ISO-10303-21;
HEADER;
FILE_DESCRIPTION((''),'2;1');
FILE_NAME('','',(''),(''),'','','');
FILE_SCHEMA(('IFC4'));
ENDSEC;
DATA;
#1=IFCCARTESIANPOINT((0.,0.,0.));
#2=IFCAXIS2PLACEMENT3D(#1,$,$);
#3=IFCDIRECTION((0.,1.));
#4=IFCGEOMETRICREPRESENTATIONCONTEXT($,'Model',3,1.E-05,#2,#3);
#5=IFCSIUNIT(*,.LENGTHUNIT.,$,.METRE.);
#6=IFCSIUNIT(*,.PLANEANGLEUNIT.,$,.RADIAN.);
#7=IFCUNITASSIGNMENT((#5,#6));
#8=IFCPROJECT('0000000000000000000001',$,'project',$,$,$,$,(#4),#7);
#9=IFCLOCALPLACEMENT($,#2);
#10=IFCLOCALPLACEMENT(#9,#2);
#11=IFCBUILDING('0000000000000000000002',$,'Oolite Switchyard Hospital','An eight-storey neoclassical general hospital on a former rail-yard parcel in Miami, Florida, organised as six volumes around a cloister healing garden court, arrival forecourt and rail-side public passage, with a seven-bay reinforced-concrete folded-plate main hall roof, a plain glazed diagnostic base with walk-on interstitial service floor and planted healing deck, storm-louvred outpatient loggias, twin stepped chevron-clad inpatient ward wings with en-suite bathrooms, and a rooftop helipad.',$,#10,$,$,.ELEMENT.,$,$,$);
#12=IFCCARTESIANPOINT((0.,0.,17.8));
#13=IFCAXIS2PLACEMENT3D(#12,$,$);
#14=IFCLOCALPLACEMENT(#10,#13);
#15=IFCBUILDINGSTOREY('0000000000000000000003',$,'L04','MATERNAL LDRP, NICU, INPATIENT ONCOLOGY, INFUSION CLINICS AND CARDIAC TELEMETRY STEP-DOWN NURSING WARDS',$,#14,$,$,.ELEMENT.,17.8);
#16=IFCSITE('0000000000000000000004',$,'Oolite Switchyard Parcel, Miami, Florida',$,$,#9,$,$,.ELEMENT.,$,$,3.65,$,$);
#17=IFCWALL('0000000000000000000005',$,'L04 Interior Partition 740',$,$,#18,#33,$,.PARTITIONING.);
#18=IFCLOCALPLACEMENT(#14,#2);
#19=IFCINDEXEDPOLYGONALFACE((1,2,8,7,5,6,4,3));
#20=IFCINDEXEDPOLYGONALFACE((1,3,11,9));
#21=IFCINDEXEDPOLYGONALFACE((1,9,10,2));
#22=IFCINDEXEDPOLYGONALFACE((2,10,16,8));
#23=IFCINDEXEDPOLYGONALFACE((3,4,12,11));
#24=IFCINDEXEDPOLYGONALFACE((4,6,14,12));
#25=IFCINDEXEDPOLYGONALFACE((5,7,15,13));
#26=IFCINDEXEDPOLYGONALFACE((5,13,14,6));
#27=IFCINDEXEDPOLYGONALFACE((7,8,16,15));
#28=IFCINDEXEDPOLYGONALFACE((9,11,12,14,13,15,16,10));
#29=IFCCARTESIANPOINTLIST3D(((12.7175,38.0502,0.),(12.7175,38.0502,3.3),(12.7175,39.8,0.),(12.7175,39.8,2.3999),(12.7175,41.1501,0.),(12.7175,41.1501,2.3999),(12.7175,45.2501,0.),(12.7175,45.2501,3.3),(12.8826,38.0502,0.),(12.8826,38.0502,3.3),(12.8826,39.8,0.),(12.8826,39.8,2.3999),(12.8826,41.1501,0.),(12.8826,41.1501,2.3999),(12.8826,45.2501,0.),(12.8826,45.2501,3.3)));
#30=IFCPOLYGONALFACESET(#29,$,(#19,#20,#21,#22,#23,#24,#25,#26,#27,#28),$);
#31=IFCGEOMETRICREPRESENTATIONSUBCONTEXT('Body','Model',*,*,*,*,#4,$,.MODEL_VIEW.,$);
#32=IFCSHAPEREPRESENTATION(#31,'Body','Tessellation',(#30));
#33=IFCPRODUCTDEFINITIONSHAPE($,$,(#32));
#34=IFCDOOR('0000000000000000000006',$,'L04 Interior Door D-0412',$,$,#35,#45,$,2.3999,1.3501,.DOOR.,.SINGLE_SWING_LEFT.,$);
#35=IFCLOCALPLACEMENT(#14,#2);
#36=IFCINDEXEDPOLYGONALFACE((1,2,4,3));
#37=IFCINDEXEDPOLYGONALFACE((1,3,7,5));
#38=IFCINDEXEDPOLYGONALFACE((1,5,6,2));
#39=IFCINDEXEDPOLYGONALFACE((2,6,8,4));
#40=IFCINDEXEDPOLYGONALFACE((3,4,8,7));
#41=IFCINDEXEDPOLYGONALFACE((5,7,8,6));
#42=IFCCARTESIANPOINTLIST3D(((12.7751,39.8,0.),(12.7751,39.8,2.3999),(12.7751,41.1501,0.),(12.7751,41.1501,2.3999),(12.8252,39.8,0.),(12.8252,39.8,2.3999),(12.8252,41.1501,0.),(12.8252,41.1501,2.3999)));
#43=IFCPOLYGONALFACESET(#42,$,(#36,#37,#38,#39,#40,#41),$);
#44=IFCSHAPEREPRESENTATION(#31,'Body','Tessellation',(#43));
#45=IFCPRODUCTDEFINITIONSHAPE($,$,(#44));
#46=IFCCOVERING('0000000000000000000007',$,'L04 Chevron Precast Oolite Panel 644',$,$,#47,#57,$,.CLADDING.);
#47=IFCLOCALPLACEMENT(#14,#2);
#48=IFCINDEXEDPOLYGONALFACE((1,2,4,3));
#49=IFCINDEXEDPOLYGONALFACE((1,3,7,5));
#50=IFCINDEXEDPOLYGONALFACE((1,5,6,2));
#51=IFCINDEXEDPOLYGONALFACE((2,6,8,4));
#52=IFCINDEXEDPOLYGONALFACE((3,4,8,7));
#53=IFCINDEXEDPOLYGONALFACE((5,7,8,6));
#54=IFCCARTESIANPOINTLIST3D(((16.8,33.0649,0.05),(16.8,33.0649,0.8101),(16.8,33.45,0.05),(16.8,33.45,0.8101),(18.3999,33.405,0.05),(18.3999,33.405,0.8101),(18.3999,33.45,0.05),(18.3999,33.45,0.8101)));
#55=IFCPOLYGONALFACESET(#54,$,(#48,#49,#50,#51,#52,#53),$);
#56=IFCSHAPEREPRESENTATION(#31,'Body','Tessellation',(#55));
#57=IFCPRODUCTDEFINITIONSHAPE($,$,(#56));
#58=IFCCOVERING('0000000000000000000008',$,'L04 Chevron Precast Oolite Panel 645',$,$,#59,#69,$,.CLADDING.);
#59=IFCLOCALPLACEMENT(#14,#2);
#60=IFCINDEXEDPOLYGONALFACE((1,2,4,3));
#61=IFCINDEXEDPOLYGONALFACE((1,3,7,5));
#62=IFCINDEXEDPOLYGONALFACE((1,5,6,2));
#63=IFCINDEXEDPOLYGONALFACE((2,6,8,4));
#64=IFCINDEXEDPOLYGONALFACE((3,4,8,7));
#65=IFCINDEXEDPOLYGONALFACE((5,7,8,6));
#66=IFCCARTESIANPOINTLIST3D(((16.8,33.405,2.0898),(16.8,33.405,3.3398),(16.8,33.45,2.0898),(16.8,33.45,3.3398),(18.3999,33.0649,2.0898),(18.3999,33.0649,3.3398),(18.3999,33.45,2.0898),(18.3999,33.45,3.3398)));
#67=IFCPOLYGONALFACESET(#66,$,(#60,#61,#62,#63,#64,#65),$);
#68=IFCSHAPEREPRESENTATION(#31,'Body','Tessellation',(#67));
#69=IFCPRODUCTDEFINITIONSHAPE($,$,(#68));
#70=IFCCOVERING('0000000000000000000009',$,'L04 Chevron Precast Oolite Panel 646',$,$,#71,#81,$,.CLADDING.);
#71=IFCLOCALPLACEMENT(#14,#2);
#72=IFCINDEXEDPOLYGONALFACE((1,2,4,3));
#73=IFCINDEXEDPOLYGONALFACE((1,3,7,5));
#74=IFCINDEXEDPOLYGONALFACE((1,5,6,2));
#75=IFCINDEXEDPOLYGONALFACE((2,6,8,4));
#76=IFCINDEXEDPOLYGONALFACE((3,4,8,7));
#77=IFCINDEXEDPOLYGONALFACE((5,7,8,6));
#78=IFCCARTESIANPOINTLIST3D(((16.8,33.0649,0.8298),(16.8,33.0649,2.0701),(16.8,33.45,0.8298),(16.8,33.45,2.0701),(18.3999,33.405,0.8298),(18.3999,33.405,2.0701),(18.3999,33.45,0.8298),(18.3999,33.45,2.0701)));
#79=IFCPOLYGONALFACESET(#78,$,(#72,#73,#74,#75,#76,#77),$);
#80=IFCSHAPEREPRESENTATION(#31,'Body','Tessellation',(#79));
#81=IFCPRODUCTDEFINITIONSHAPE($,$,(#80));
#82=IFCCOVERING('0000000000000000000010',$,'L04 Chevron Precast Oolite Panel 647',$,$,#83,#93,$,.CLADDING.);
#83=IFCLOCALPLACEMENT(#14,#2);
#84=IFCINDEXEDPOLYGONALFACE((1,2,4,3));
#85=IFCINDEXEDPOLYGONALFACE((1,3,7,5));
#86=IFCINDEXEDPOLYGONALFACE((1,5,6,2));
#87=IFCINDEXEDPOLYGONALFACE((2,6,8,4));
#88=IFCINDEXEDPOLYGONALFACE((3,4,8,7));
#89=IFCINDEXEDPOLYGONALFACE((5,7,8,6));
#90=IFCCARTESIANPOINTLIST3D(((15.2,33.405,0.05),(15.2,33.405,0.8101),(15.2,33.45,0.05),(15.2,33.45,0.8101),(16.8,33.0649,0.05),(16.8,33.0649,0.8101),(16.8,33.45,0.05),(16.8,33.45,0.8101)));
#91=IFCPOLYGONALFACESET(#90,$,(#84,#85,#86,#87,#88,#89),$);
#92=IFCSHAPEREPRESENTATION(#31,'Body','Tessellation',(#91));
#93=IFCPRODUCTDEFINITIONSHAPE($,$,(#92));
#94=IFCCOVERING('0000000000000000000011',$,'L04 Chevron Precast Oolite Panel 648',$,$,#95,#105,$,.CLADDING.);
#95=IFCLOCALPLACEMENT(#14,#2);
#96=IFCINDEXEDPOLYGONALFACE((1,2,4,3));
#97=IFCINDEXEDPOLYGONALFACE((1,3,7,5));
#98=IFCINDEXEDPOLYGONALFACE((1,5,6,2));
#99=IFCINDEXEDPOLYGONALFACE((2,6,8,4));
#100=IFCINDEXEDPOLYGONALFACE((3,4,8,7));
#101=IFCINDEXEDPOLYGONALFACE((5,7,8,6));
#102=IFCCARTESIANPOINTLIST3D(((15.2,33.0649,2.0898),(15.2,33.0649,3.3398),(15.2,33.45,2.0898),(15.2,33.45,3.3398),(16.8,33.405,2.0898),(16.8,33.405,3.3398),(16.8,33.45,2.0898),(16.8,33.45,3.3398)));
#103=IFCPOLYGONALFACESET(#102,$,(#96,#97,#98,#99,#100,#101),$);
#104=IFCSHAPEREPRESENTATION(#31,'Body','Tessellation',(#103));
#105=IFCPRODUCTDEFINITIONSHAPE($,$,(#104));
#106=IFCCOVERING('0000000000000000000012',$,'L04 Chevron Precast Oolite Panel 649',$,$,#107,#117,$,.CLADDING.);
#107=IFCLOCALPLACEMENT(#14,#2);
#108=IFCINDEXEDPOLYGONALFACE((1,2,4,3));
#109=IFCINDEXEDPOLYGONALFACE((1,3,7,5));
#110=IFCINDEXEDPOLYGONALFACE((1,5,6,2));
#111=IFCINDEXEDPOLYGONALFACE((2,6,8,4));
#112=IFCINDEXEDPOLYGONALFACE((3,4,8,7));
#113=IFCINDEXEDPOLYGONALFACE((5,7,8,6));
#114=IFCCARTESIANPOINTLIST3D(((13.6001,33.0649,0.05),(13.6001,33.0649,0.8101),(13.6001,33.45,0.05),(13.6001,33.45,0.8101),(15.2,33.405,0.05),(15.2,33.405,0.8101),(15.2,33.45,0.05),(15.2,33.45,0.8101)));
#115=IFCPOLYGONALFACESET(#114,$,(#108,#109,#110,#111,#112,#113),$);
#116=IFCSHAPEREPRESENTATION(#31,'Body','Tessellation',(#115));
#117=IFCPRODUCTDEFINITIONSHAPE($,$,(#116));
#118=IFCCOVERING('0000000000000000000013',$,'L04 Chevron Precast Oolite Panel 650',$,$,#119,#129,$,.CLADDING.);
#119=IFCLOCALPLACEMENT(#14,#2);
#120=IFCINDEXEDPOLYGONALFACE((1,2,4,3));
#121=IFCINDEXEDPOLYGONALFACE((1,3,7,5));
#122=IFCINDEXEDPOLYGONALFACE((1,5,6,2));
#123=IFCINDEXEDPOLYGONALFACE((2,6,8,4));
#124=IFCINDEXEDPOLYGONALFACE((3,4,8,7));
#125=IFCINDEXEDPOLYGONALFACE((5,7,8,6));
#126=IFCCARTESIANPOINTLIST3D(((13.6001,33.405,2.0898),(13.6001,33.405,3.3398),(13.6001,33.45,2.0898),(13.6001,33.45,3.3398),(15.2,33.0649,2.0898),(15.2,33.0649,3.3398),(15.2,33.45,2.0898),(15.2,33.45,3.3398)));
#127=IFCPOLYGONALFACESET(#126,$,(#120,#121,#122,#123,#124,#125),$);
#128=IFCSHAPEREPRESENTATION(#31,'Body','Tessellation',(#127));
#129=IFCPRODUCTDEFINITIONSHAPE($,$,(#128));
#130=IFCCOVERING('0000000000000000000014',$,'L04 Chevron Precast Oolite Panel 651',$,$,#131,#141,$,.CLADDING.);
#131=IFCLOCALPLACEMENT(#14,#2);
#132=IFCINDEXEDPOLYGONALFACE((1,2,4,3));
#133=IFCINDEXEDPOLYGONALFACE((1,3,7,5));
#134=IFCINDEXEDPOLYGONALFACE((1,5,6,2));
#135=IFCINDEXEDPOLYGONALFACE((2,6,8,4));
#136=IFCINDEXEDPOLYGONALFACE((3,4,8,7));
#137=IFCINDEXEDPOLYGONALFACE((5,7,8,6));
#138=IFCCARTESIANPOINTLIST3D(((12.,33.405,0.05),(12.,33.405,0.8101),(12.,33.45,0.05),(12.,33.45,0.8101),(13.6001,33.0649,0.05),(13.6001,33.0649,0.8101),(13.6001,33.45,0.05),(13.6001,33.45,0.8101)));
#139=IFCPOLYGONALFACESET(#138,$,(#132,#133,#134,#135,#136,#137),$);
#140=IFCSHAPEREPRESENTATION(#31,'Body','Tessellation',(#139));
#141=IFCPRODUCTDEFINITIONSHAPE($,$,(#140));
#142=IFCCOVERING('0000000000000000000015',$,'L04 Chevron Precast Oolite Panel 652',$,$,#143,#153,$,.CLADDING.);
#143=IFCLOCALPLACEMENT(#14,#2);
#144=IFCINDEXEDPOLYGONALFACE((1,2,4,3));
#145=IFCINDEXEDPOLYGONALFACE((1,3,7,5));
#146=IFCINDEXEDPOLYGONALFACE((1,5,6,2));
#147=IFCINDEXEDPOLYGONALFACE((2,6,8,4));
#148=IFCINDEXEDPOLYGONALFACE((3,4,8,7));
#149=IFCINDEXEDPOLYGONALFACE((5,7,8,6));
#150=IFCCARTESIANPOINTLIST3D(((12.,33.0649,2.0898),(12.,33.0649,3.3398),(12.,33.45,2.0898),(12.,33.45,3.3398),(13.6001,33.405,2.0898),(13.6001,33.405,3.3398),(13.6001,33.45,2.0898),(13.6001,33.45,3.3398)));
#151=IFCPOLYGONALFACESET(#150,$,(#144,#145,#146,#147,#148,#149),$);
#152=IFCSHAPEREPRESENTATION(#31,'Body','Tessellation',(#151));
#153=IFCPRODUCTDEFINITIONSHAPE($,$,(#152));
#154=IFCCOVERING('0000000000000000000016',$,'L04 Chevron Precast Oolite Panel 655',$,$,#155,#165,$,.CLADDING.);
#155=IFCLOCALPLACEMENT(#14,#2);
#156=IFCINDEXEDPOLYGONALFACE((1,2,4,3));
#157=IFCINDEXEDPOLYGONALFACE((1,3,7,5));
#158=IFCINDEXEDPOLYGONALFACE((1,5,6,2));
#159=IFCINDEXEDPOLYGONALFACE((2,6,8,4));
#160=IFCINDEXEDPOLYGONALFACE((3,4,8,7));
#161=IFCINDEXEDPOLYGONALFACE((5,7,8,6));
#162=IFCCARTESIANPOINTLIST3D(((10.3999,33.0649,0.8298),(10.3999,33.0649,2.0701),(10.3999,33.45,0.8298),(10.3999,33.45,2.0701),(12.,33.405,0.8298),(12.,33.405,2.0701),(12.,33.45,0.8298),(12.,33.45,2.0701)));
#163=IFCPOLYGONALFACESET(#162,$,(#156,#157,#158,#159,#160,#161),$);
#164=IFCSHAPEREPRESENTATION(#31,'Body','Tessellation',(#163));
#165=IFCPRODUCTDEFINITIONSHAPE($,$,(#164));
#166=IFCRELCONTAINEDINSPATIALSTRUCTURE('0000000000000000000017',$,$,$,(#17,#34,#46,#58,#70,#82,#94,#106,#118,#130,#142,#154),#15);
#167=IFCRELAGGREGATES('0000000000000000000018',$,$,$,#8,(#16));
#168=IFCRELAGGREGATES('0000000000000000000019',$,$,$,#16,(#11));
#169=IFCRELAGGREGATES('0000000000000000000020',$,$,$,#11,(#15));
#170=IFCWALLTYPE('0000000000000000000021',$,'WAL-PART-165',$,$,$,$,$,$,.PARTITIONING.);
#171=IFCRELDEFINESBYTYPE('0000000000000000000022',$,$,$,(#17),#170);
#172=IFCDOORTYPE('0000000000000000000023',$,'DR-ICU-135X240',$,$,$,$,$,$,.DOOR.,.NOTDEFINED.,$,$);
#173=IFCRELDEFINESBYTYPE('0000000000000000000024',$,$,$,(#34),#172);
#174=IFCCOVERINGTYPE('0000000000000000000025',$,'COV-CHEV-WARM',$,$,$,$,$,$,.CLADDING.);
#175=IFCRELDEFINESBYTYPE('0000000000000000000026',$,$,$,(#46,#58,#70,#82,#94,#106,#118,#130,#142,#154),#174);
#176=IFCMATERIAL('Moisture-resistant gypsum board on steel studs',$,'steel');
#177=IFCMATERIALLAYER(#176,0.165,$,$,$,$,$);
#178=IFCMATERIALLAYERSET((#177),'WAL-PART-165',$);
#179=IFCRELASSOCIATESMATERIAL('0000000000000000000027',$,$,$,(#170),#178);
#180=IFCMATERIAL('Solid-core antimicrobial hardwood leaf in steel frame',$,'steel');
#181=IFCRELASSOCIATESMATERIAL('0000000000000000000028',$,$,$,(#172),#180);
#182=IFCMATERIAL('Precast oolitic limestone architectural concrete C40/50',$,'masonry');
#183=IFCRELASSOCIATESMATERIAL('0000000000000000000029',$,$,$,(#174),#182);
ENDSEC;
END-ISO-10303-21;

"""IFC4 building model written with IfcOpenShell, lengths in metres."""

from ifc_helpers import new_model, si_unit, direction, frame, frame_2d, origin, place, context, subcontext, project, spatial, polyline, rectangle, outline, extrude, material, layer, layer_set, type_object, element, fill, save


model = new_model("IFC4")

# Units and contexts
model_context = context("Model", 3, precision=1e-05, world=origin(), true_north=direction((0.0, 1.0)))
body_context = subcontext(model_context, "Body", "Model", "MODEL_VIEW")
ifc_project = project(units=[si_unit("LENGTHUNIT", "METRE"), si_unit("PLANEANGLEUNIT", "RADIAN")], contexts=[model_context])

# Site, building, storey
site_placement = place(None, origin())
site = spatial("IfcSite", under=ifc_project, at=site_placement, Name="Oolite Switchyard Parcel, Miami, Florida", CompositionType="ELEMENT", RefElevation=3.65)
building_placement = place(site_placement, origin())
building = spatial("IfcBuilding", under=site, at=building_placement, Name="Oolite Switchyard Hospital", Description="An eight-storey neoclassical general hospital on a former rail-yard parcel in Miami, Florida, organised as six volumes around a cloister healing garden court, arrival forecourt and rail-side public passage, with a seven-bay reinforced-concrete folded-plate main hall roof, a plain glazed diagnostic base with walk-on interstitial service floor and planted healing deck, storm-louvred outpatient loggias, twin stepped chevron-clad inpatient ward wings with en-suite bathrooms, and a rooftop helipad.", CompositionType="ELEMENT")
storey_placement = place(building_placement, frame((0.0, 0.0, 17.8)))
storey = spatial("IfcBuildingStorey", under=building, at=storey_placement, Name="L04", Description="MATERNAL LDRP, NICU, INPATIENT ONCOLOGY, INFUSION CLINICS AND CARDIAC TELEMETRY STEP-DOWN NURSING WARDS", CompositionType="ELEMENT", Elevation=17.8)

# Shared definitions
ifc_material_1 = material(Name="Precast oolitic limestone architectural concrete C40/50", Category="masonry")

# Wall, opening, door
ifc_material_2 = material(Name="Moisture-resistant gypsum board on steel studs", Category="steel")
ifc_layer_1 = layer(ifc_material_2, 0.165)
ifc_layer_set_1 = layer_set([ifc_layer_1], Name="WAL-PART-165")
wall_type_1 = type_object("IfcWallType", Name="WAL-PART-165", PredefinedType="PARTITIONING", material=ifc_layer_set_1)
wall_1_placement = place(storey_placement, frame((12.8, 38.05, 0.0), z_axis=(0.0, 0.0, 1.0), x_axis=(0.0, 1.0, 0.0)))
wall_1 = element("IfcWall", 1, at=wall_1_placement, inside=storey, type_object=wall_type_1, Name="L04 Interior Partition 740", PredefinedType="PARTITIONING", context=body_context, shape_type="SweptSolid", body=[
    extrude(rectangle(XDim=7.2, YDim=0.165, at=frame_2d((3.6001, 0.0))), origin(), (0.0, 0.0, 1.0), 3.3),
])
opening_1_placement = place(wall_1_placement, frame((1.75, 0.0, 0.0)))
opening_1 = element("IfcOpeningElement", 2, at=opening_1_placement, cuts=wall_1, PredefinedType="OPENING", context=body_context, shape_type="SweptSolid", body=[
    extrude(rectangle(XDim=1.3501, YDim=2.3999, at=frame_2d((0.675, 1.2))), frame((0.0, 0.0925, 0.0), z_axis=(0.0, -1.0, 0.0), x_axis=(1.0, 0.0, 0.0)), (0.0, 0.0, 1.0), 0.1851),
])
ifc_material_3 = material(Name="Solid-core antimicrobial hardwood leaf in steel frame", Category="steel")
door_type = type_object("IfcDoorType", Name="DR-ICU-135X240", OperationType="NOTDEFINED", PredefinedType="DOOR", material=ifc_material_3)
door_placement = place(opening_1_placement, origin())
door = element("IfcDoor", 3, at=door_placement, inside=storey, type_object=door_type, Name="L04 Interior Door D-0412", OperationType="SINGLE_SWING_LEFT", OverallHeight=2.3999, OverallWidth=1.3501, PredefinedType="DOOR", context=body_context, shape_type="SweptSolid", body=[
    extrude(rectangle(XDim=1.3501, YDim=2.3999, at=frame_2d((0.675, 1.2))), frame((0.0, 0.0249, 0.0), z_axis=(0.0, -1.0, 0.0), x_axis=(1.0, 0.0, 0.0)), (0.0, 0.0, 1.0), 0.05),
])
fill(opening_1, door)

# Coverings
covering_type = type_object("IfcCoveringType", Name="COV-CHEV-WARM", PredefinedType="CLADDING", material=ifc_material_1)
covering_1_placement = place(storey_placement, frame((18.3999, 33.45, 0.05), z_axis=(0.0, 0.0, 1.0), x_axis=(-1.0, 0.0, 0.0)))
element("IfcCovering", 4, at=covering_1_placement, inside=storey, type_object=covering_type, Name="L04 Chevron Precast Oolite Panel 644", PredefinedType="CLADDING", context=body_context, shape_type="SweptSolid", body=[
    extrude(outline(polyline([(0.0, 0.0), (1.5999, 0.0), (1.5999, 0.385), (0.0, 0.0449), (0.0, 0.0)])), origin(), (0.0, 0.0, 1.0), 0.76),
])
covering_2_placement = place(storey_placement, frame((18.3999, 33.45, 2.0898), z_axis=(0.0, 0.0, 1.0), x_axis=(-1.0, 0.0, 0.0)))
element("IfcCovering", 5, at=covering_2_placement, inside=storey, type_object=covering_type, Name="L04 Chevron Precast Oolite Panel 645", PredefinedType="CLADDING", context=body_context, shape_type="SweptSolid", body=[
    extrude(outline(polyline([(0.0, 0.0), (1.5999, 0.0), (1.5999, 0.0449), (0.0, 0.385), (0.0, 0.0)])), origin(), (0.0, 0.0, 1.0), 1.25),
])
covering_3_placement = place(storey_placement, frame((18.3999, 33.45, 0.8298), z_axis=(0.0, 0.0, 1.0), x_axis=(-1.0, 0.0, 0.0)))
element("IfcCovering", 6, at=covering_3_placement, inside=storey, type_object=covering_type, Name="L04 Chevron Precast Oolite Panel 646", PredefinedType="CLADDING", context=body_context, shape_type="SweptSolid", body=[
    extrude(outline(polyline([(0.0, 0.0), (1.5999, 0.0), (1.5999, 0.385), (0.0, 0.0449), (0.0, 0.0)])), origin(), (0.0, 0.0, 1.0), 1.2402),
])
covering_4_placement = place(storey_placement, frame((16.8, 33.45, 0.05), z_axis=(0.0, 0.0, 1.0), x_axis=(-1.0, 0.0, 0.0)))
element("IfcCovering", 7, at=covering_4_placement, inside=storey, type_object=covering_type, Name="L04 Chevron Precast Oolite Panel 647", PredefinedType="CLADDING", context=body_context, shape_type="SweptSolid", body=[
    extrude(outline(polyline([(0.0, 0.0), (1.6001, 0.0), (1.6001, 0.0449), (0.0, 0.385), (0.0, 0.0)])), origin(), (0.0, 0.0, 1.0), 0.76),
])
covering_5_placement = place(storey_placement, frame((16.8, 33.45, 2.0898), z_axis=(0.0, 0.0, 1.0), x_axis=(-1.0, 0.0, 0.0)))
element("IfcCovering", 8, at=covering_5_placement, inside=storey, type_object=covering_type, Name="L04 Chevron Precast Oolite Panel 648", PredefinedType="CLADDING", context=body_context, shape_type="SweptSolid", body=[
    extrude(outline(polyline([(0.0, 0.0), (1.6001, 0.0), (1.6001, 0.385), (0.0, 0.0449), (0.0, 0.0)])), origin(), (0.0, 0.0, 1.0), 1.25),
])
covering_6_placement = place(storey_placement, frame((15.2, 33.45, 0.05), z_axis=(0.0, 0.0, 1.0), x_axis=(-1.0, 0.0, 0.0)))
element("IfcCovering", 9, at=covering_6_placement, inside=storey, type_object=covering_type, Name="L04 Chevron Precast Oolite Panel 649", PredefinedType="CLADDING", context=body_context, shape_type="SweptSolid", body=[
    extrude(outline(polyline([(0.0, 0.0), (1.5999, 0.0), (1.5999, 0.385), (0.0, 0.0449), (0.0, 0.0)])), origin(), (0.0, 0.0, 1.0), 0.76),
])
covering_7_placement = place(storey_placement, frame((15.2, 33.45, 2.0898), z_axis=(0.0, 0.0, 1.0), x_axis=(-1.0, 0.0, 0.0)))
element("IfcCovering", 10, at=covering_7_placement, inside=storey, type_object=covering_type, Name="L04 Chevron Precast Oolite Panel 650", PredefinedType="CLADDING", context=body_context, shape_type="SweptSolid", body=[
    extrude(outline(polyline([(0.0, 0.0), (1.5999, 0.0), (1.5999, 0.0449), (0.0, 0.385), (0.0, 0.0)])), origin(), (0.0, 0.0, 1.0), 1.25),
])
covering_8_placement = place(storey_placement, frame((13.6001, 33.45, 0.05), z_axis=(0.0, 0.0, 1.0), x_axis=(-1.0, 0.0, 0.0)))
element("IfcCovering", 11, at=covering_8_placement, inside=storey, type_object=covering_type, Name="L04 Chevron Precast Oolite Panel 651", PredefinedType="CLADDING", context=body_context, shape_type="SweptSolid", body=[
    extrude(outline(polyline([(0.0, 0.0), (1.6001, 0.0), (1.6001, 0.0449), (0.0, 0.385), (0.0, 0.0)])), origin(), (0.0, 0.0, 1.0), 0.76),
])
covering_9_placement = place(storey_placement, frame((13.6001, 33.45, 2.0898), z_axis=(0.0, 0.0, 1.0), x_axis=(-1.0, 0.0, 0.0)))
element("IfcCovering", 12, at=covering_9_placement, inside=storey, type_object=covering_type, Name="L04 Chevron Precast Oolite Panel 652", PredefinedType="CLADDING", context=body_context, shape_type="SweptSolid", body=[
    extrude(outline(polyline([(0.0, 0.0), (1.6001, 0.0), (1.6001, 0.385), (0.0, 0.0449), (0.0, 0.0)])), origin(), (0.0, 0.0, 1.0), 1.25),
])
covering_10_placement = place(storey_placement, frame((12.0, 33.45, 0.8298), z_axis=(0.0, 0.0, 1.0), x_axis=(-1.0, 0.0, 0.0)))
element("IfcCovering", 13, at=covering_10_placement, inside=storey, type_object=covering_type, Name="L04 Chevron Precast Oolite Panel 655", PredefinedType="CLADDING", context=body_context, shape_type="SweptSolid", body=[
    extrude(outline(polyline([(0.0, 0.0), (1.6001, 0.0), (1.6001, 0.385), (0.0, 0.0449), (0.0, 0.0)])), origin(), (0.0, 0.0, 1.0), 1.2402),
])

save(model, "model.ifc")
